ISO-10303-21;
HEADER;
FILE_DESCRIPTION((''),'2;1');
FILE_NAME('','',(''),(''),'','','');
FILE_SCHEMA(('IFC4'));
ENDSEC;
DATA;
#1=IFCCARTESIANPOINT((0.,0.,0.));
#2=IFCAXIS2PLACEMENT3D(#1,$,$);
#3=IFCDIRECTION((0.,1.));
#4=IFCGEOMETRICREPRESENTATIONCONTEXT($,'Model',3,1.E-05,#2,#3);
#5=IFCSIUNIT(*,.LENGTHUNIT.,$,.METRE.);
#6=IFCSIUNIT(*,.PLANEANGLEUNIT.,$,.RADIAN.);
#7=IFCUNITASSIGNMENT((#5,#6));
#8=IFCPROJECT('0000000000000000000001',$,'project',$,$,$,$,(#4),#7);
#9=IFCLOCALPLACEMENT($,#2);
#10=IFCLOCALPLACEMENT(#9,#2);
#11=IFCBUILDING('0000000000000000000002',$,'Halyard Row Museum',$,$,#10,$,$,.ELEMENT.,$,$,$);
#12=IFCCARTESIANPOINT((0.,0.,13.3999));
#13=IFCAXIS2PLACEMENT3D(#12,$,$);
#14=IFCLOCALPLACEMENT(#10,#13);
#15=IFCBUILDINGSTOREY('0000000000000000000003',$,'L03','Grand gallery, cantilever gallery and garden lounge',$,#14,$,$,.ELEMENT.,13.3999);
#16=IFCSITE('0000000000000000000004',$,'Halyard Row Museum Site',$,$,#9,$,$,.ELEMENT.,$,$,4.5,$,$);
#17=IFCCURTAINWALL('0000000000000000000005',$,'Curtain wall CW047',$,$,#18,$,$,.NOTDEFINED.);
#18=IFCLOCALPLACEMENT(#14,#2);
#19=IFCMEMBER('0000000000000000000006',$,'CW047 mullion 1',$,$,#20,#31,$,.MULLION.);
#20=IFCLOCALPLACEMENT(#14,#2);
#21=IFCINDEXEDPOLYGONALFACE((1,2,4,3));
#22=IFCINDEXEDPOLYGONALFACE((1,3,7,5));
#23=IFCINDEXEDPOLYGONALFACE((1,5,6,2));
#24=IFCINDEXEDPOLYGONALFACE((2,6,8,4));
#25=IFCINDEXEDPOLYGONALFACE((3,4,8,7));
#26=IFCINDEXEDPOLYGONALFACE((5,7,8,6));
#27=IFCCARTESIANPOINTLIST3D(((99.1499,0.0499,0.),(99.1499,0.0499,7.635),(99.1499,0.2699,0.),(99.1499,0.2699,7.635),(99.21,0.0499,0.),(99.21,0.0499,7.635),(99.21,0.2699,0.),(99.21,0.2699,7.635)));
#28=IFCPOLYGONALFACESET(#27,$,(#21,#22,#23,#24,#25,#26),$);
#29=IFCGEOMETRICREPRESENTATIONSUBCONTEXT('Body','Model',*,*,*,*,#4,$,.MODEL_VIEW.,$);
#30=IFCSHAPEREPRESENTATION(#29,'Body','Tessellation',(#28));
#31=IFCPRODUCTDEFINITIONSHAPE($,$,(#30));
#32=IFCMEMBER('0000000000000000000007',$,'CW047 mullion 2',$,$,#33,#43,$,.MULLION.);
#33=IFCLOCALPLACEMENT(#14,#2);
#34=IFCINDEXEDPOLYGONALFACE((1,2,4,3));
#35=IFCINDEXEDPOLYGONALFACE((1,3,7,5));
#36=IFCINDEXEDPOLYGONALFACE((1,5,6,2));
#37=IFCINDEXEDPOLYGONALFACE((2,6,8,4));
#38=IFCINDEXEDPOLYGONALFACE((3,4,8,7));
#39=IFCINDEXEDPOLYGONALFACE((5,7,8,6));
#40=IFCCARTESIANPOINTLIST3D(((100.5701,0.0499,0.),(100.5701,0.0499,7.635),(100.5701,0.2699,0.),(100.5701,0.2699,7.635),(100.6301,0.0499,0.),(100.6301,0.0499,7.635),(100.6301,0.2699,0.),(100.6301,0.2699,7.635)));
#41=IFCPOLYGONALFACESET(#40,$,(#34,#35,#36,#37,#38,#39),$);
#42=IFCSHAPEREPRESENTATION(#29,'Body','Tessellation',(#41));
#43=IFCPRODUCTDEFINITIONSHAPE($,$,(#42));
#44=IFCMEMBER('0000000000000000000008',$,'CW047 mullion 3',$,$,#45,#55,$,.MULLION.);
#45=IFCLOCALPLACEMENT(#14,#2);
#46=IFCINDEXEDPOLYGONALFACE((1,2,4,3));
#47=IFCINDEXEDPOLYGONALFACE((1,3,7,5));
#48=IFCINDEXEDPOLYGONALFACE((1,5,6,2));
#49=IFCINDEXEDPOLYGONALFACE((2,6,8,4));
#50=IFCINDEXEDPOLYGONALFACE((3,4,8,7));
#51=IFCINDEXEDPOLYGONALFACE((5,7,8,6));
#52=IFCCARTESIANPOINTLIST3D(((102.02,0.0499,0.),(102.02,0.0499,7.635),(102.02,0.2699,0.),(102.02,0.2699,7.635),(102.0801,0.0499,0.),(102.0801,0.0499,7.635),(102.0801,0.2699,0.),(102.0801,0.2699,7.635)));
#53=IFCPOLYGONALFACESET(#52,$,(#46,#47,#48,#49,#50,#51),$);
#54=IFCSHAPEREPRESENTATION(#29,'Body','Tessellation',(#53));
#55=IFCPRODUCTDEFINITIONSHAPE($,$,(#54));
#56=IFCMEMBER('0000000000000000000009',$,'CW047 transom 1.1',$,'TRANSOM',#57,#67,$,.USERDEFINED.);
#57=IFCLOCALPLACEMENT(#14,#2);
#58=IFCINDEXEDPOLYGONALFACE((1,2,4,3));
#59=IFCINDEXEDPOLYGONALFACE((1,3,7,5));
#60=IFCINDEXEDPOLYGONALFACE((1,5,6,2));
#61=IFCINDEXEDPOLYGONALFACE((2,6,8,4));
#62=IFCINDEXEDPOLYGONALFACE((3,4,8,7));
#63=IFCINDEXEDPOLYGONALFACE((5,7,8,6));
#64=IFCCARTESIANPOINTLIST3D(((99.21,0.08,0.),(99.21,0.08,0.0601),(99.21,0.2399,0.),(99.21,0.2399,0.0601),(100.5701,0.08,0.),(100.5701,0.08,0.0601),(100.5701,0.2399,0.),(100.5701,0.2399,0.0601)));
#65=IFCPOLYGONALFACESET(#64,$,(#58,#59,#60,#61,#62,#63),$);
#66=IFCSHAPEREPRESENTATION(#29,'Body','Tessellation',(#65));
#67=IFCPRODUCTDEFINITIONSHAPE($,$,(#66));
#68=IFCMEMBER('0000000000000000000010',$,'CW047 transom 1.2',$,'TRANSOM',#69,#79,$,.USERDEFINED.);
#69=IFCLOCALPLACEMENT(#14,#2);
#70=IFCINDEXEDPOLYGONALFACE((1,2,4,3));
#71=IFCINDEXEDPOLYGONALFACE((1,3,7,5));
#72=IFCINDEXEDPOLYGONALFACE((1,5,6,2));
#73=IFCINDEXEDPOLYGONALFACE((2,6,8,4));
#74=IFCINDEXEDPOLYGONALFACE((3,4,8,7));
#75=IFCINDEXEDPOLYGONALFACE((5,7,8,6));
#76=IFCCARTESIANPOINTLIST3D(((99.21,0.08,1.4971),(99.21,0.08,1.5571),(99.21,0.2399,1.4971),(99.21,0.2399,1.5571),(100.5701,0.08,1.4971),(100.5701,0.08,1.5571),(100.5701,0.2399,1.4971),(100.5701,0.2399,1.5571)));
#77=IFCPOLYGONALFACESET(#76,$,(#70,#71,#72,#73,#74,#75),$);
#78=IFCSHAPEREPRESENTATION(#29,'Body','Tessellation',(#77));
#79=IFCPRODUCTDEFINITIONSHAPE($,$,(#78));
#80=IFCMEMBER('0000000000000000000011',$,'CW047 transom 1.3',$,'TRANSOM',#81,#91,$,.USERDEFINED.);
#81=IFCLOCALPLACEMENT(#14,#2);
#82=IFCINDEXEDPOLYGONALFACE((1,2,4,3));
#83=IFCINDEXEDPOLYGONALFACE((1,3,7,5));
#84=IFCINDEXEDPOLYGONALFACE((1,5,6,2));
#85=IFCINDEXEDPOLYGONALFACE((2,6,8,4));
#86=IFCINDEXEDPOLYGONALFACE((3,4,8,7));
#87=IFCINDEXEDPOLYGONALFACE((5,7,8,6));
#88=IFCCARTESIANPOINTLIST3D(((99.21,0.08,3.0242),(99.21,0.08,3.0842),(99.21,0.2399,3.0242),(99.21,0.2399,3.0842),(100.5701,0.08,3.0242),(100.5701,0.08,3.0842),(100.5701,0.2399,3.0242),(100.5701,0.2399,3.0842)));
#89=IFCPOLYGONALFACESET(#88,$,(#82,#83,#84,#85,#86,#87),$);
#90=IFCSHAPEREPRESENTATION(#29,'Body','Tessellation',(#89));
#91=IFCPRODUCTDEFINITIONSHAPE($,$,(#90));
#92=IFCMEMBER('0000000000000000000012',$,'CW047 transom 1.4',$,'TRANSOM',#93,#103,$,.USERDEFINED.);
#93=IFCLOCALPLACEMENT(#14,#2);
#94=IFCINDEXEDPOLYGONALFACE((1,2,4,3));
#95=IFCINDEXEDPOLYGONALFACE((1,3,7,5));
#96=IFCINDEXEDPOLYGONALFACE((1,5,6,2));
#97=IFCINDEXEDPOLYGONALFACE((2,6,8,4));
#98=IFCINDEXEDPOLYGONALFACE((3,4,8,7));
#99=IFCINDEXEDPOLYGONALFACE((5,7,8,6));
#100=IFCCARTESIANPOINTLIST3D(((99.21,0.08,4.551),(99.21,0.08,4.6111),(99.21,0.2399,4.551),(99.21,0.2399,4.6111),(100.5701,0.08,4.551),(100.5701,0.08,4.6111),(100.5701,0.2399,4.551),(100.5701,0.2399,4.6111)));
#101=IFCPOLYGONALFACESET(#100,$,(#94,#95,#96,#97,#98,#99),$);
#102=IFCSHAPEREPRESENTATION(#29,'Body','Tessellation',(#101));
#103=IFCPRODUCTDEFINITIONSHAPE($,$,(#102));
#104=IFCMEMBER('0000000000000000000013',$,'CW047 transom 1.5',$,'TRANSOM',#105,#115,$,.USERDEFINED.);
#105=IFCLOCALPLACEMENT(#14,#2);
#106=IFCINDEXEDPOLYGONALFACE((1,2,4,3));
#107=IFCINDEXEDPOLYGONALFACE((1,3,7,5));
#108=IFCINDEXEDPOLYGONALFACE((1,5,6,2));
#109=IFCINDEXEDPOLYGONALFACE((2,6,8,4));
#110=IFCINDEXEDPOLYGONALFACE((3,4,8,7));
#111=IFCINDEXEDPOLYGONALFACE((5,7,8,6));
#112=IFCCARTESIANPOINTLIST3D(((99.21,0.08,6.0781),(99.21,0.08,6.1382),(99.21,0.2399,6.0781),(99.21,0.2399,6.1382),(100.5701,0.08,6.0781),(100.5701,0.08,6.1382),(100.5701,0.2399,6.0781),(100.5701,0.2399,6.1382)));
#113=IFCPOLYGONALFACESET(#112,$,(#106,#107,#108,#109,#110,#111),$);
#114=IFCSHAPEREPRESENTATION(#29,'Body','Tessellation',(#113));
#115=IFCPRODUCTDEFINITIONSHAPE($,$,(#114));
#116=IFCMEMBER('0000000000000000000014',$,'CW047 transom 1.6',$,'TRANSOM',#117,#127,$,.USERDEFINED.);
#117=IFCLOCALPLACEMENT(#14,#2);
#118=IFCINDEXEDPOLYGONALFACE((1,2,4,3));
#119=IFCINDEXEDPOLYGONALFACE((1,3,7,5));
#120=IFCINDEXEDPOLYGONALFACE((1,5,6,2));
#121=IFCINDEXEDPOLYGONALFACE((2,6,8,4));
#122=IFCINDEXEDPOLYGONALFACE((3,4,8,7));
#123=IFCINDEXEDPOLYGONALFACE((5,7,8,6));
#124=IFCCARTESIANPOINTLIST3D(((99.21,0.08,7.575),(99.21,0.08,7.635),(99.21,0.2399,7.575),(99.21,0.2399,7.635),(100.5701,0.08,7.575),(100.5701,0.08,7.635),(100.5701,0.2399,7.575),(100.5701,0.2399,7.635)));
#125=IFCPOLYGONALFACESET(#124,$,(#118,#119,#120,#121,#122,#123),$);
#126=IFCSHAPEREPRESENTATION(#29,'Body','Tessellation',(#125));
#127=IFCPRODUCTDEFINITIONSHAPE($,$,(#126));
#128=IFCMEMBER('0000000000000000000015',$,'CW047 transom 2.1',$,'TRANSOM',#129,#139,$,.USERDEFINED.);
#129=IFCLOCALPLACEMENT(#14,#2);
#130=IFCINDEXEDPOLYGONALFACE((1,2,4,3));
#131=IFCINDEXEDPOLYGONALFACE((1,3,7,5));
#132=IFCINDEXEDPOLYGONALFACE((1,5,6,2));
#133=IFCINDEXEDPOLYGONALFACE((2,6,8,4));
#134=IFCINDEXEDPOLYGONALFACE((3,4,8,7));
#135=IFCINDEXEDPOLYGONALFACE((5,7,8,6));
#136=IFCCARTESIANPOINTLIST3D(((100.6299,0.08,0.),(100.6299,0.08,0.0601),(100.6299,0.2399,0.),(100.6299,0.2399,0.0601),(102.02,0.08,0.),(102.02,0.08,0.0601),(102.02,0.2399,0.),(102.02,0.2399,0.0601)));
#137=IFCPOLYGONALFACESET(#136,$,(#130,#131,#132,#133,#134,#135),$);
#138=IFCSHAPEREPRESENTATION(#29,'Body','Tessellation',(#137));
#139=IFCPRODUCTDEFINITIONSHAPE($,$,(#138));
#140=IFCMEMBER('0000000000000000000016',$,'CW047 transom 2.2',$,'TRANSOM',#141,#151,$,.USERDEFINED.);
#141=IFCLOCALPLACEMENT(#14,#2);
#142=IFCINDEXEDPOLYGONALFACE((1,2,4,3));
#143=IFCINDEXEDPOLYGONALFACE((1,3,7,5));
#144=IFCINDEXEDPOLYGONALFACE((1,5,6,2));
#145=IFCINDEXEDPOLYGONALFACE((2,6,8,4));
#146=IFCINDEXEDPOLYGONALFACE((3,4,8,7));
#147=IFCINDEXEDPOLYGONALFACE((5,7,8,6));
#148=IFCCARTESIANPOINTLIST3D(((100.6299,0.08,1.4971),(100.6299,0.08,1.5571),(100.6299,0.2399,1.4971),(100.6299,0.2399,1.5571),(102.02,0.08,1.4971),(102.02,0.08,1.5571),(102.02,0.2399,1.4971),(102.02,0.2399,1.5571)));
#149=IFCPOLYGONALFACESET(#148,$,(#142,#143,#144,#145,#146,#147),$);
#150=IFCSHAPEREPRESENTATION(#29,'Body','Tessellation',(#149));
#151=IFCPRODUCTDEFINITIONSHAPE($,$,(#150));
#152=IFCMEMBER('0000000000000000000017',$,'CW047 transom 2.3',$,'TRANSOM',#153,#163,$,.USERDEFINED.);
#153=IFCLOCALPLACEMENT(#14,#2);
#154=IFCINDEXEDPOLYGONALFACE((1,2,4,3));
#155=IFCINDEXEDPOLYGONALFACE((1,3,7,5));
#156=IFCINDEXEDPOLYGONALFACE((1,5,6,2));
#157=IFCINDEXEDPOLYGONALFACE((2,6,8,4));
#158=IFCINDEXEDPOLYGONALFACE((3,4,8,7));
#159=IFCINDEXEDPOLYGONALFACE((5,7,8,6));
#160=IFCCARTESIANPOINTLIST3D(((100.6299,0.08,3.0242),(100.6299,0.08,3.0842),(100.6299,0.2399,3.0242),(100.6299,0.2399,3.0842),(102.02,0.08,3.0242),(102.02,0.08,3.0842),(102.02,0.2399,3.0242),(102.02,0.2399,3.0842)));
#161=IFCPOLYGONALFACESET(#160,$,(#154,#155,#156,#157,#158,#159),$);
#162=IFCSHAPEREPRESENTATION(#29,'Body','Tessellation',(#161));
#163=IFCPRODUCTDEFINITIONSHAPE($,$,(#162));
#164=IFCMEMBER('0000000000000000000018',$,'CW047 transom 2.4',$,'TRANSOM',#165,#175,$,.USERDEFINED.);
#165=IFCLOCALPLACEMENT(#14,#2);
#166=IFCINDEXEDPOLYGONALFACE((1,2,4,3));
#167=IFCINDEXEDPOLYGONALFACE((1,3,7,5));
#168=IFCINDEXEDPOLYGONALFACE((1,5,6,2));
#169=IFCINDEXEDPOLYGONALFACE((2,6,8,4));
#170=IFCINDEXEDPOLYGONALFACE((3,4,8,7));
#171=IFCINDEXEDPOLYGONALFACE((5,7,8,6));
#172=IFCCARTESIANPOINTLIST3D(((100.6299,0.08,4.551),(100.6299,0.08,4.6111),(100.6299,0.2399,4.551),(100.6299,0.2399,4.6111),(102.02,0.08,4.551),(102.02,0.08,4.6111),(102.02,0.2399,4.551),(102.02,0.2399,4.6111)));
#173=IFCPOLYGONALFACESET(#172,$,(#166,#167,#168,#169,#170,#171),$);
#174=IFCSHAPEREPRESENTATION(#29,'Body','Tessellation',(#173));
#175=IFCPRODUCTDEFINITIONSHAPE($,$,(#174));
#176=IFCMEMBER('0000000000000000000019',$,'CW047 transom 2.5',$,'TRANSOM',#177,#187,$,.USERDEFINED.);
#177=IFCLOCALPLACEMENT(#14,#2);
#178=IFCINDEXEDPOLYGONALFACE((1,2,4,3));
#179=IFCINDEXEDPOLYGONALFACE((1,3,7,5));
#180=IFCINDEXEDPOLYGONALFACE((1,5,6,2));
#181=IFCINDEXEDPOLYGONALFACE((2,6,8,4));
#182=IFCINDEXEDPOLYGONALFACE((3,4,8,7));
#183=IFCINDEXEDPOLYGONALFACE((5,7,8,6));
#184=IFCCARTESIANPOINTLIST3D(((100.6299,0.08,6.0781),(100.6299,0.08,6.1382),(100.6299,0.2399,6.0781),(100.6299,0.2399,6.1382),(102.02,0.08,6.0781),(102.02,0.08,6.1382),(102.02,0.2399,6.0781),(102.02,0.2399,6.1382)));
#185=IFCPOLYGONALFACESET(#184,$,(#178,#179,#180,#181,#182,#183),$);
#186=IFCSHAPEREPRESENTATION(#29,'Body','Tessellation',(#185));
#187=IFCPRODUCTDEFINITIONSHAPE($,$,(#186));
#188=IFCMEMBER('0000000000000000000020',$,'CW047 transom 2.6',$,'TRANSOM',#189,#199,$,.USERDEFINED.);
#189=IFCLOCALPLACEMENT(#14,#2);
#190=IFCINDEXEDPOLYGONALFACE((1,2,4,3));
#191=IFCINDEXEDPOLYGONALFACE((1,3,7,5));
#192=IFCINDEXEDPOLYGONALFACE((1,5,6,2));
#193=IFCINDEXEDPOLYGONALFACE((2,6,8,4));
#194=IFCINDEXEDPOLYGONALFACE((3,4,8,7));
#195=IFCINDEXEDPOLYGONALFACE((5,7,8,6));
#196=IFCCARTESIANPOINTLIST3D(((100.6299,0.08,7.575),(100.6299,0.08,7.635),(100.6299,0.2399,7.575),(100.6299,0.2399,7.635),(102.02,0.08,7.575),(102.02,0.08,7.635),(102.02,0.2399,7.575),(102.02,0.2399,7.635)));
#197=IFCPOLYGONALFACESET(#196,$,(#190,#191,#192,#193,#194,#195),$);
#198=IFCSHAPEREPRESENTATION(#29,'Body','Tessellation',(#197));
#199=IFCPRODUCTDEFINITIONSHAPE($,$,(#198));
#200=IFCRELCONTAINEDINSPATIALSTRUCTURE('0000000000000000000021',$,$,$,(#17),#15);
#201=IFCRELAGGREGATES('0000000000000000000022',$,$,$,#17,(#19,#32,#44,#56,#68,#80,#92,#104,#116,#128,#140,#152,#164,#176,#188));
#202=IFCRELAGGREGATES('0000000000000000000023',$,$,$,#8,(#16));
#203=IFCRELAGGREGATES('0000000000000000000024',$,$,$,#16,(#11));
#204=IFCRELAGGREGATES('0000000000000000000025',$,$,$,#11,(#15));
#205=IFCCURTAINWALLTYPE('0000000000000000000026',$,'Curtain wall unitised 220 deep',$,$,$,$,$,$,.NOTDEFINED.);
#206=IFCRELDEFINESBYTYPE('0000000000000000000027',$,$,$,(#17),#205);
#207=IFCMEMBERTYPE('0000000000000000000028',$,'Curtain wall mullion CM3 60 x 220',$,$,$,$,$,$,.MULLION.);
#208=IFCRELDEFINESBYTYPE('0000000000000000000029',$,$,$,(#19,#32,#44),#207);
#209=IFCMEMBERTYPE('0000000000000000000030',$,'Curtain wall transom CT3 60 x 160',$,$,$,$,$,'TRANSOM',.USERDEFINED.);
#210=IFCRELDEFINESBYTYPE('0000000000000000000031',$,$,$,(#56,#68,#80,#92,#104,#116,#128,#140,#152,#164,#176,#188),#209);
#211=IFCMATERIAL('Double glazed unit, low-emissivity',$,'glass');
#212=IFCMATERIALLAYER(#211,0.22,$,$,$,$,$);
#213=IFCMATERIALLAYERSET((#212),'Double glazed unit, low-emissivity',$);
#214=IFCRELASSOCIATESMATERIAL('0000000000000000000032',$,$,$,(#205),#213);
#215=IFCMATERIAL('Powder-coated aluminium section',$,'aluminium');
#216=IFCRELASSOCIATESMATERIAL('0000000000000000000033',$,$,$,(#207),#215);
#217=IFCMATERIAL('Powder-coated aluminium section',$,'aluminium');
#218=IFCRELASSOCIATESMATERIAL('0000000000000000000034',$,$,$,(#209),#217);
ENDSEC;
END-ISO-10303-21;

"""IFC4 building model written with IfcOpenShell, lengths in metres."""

from ifc_helpers import new_model, si_unit, direction, frame, origin, origin_2d, place, context, subcontext, project, spatial, rectangle, extrude, material, layer, layer_set, material_profile, profile_set, type_object, element, aggregate, save


model = new_model("IFC4")

# Units and contexts
model_context = context("Model", 3, precision=1e-05, world=origin(), true_north=direction((0.0, 1.0)))
body_context = subcontext(model_context, "Body", "Model", "MODEL_VIEW")
ifc_project = project(units=[si_unit("LENGTHUNIT", "METRE"), si_unit("PLANEANGLEUNIT", "RADIAN")], contexts=[model_context])

# Site, building, storey
site_placement = place(None, origin())
site = spatial("IfcSite", under=ifc_project, at=site_placement, Name="Halyard Row Museum Site", CompositionType="ELEMENT", RefElevation=4.5)
building_placement = place(site_placement, origin())
building = spatial("IfcBuilding", under=site, at=building_placement, Name="Halyard Row Museum", CompositionType="ELEMENT")
storey_placement = place(building_placement, frame((0.0, 0.0, 13.3999)))
storey = spatial("IfcBuildingStorey", under=building, at=storey_placement, Name="L03", Description="Grand gallery, cantilever gallery and garden lounge", CompositionType="ELEMENT", Elevation=13.3999)

# Curtain wall, members
ifc_material_1 = material(Name="Double glazed unit, low-emissivity", Category="glass")
ifc_layer_1 = layer(ifc_material_1, 0.22)
ifc_layer_set_1 = layer_set([ifc_layer_1], Name="Double glazed unit, low-emissivity")
curtain_wall_type = type_object("IfcCurtainWallType", Name="Curtain wall unitised 220 deep", PredefinedType="NOTDEFINED", material=ifc_layer_set_1)
curtain_wall_placement = place(storey_placement, origin())
curtain_wall = element("IfcCurtainWall", 1, at=curtain_wall_placement, inside=storey, type_object=curtain_wall_type, Name="Curtain wall CW047", PredefinedType="NOTDEFINED")
ifc_material_2 = material(Name="Powder-coated aluminium section", Category="aluminium")
ifc_material_profile_1 = material_profile(ifc_material_2, rectangle(XDim=0.22, YDim=0.0601, at=origin_2d()), Name="220x60 mullion")
ifc_profile_set_1 = profile_set([ifc_material_profile_1], Name="Powder-coated aluminium section")
member_type_1 = type_object("IfcMemberType", Name="Curtain wall mullion CM3 60 x 220", PredefinedType="MULLION", material=ifc_profile_set_1)
member_1_placement = place(storey_placement, frame((99.1799, 0.1599, 0.0), z_axis=(0.0, 0.0, 1.0), x_axis=(0.0, 1.0, 0.0)))
member_1 = element("IfcMember", 2, at=member_1_placement, type_object=member_type_1, Name="CW047 mullion 1", PredefinedType="MULLION", context=body_context, shape_type="SweptSolid", body=[
    extrude(rectangle(XDim=0.22, YDim=0.0601, at=origin_2d()), origin(), (0.0, 0.0, 1.0), 7.635),
])
member_2_placement = place(storey_placement, frame((100.6001, 0.1599, 0.0), z_axis=(0.0, 0.0, 1.0), x_axis=(0.0, 1.0, 0.0)))
member_2 = element("IfcMember", 3, at=member_2_placement, type_object=member_type_1, Name="CW047 mullion 2", PredefinedType="MULLION", context=body_context, shape_type="SweptSolid", body=[
    extrude(rectangle(XDim=0.22, YDim=0.0601, at=origin_2d()), origin(), (0.0, 0.0, 1.0), 7.635),
])
member_3_placement = place(storey_placement, frame((102.05, 0.1599, 0.0), z_axis=(0.0, 0.0, 1.0), x_axis=(0.0, 1.0, 0.0)))
member_3 = element("IfcMember", 4, at=member_3_placement, type_object=member_type_1, Name="CW047 mullion 3", PredefinedType="MULLION", context=body_context, shape_type="SweptSolid", body=[
    extrude(rectangle(XDim=0.22, YDim=0.0601, at=origin_2d()), origin(), (0.0, 0.0, 1.0), 7.635),
])
ifc_material_3 = material(Name="Powder-coated aluminium section", Category="aluminium")
ifc_material_profile_2 = material_profile(ifc_material_3, rectangle(XDim=0.1599, YDim=0.0601, at=origin_2d()), Name="160x60 transom")
ifc_profile_set_2 = profile_set([ifc_material_profile_2], Name="Powder-coated aluminium section")
member_type_2 = type_object("IfcMemberType", Name="Curtain wall transom CT3 60 x 160", ElementType="TRANSOM", PredefinedType="USERDEFINED", material=ifc_profile_set_2)
member_4_placement = place(storey_placement, frame((99.21, 0.1599, 0.03), z_axis=(1.0, 0.0, 0.0), x_axis=(0.0, 1.0, 0.0)))
member_4 = element("IfcMember", 5, at=member_4_placement, type_object=member_type_2, Name="CW047 transom 1.1", ObjectType="TRANSOM", PredefinedType="USERDEFINED", context=body_context, shape_type="SweptSolid", body=[
    extrude(rectangle(XDim=0.1599, YDim=0.0601, at=origin_2d()), origin(), (0.0, 0.0, 1.0), 1.3601),
])
member_5_placement = place(storey_placement, frame((99.21, 0.1599, 1.5271), z_axis=(1.0, 0.0, 0.0), x_axis=(0.0, 1.0, 0.0)))
member_5 = element("IfcMember", 6, at=member_5_placement, type_object=member_type_2, Name="CW047 transom 1.2", ObjectType="TRANSOM", PredefinedType="USERDEFINED", context=body_context, shape_type="SweptSolid", body=[
    extrude(rectangle(XDim=0.1599, YDim=0.0601, at=origin_2d()), origin(), (0.0, 0.0, 1.0), 1.3601),
])
member_6_placement = place(storey_placement, frame((99.21, 0.1599, 3.0542), z_axis=(1.0, 0.0, 0.0), x_axis=(0.0, 1.0, 0.0)))
member_6 = element("IfcMember", 7, at=member_6_placement, type_object=member_type_2, Name="CW047 transom 1.3", ObjectType="TRANSOM", PredefinedType="USERDEFINED", context=body_context, shape_type="SweptSolid", body=[
    extrude(rectangle(XDim=0.1599, YDim=0.0601, at=origin_2d()), origin(), (0.0, 0.0, 1.0), 1.3601),
])
member_7_placement = place(storey_placement, frame((99.21, 0.1599, 4.5811), z_axis=(1.0, 0.0, 0.0), x_axis=(0.0, 1.0, 0.0)))
member_7 = element("IfcMember", 8, at=member_7_placement, type_object=member_type_2, Name="CW047 transom 1.4", ObjectType="TRANSOM", PredefinedType="USERDEFINED", context=body_context, shape_type="SweptSolid", body=[
    extrude(rectangle(XDim=0.1599, YDim=0.0601, at=origin_2d()), origin(), (0.0, 0.0, 1.0), 1.3601),
])
member_8_placement = place(storey_placement, frame((99.21, 0.1599, 6.1082), z_axis=(1.0, 0.0, 0.0), x_axis=(0.0, 1.0, 0.0)))
member_8 = element("IfcMember", 9, at=member_8_placement, type_object=member_type_2, Name="CW047 transom 1.5", ObjectType="TRANSOM", PredefinedType="USERDEFINED", context=body_context, shape_type="SweptSolid", body=[
    extrude(rectangle(XDim=0.1599, YDim=0.0601, at=origin_2d()), origin(), (0.0, 0.0, 1.0), 1.3601),
])
member_9_placement = place(storey_placement, frame((99.21, 0.1599, 7.605), z_axis=(1.0, 0.0, 0.0), x_axis=(0.0, 1.0, 0.0)))
member_9 = element("IfcMember", 10, at=member_9_placement, type_object=member_type_2, Name="CW047 transom 1.6", ObjectType="TRANSOM", PredefinedType="USERDEFINED", context=body_context, shape_type="SweptSolid", body=[
    extrude(rectangle(XDim=0.1599, YDim=0.0601, at=origin_2d()), origin(), (0.0, 0.0, 1.0), 1.3601),
])
member_10_placement = place(storey_placement, frame((100.6299, 0.1599, 0.03), z_axis=(1.0, 0.0, 0.0), x_axis=(0.0, 1.0, 0.0)))
member_10 = element("IfcMember", 11, at=member_10_placement, type_object=member_type_2, Name="CW047 transom 2.1", ObjectType="TRANSOM", PredefinedType="USERDEFINED", context=body_context, shape_type="SweptSolid", body=[
    extrude(rectangle(XDim=0.1599, YDim=0.0601, at=origin_2d()), origin(), (0.0, 0.0, 1.0), 1.3901),
])
member_11_placement = place(storey_placement, frame((100.6299, 0.1599, 1.5271), z_axis=(1.0, 0.0, 0.0), x_axis=(0.0, 1.0, 0.0)))
member_11 = element("IfcMember", 12, at=member_11_placement, type_object=member_type_2, Name="CW047 transom 2.2", ObjectType="TRANSOM", PredefinedType="USERDEFINED", context=body_context, shape_type="SweptSolid", body=[
    extrude(rectangle(XDim=0.1599, YDim=0.0601, at=origin_2d()), origin(), (0.0, 0.0, 1.0), 1.3901),
])
member_12_placement = place(storey_placement, frame((100.6299, 0.1599, 3.0542), z_axis=(1.0, 0.0, 0.0), x_axis=(0.0, 1.0, 0.0)))
member_12 = element("IfcMember", 13, at=member_12_placement, type_object=member_type_2, Name="CW047 transom 2.3", ObjectType="TRANSOM", PredefinedType="USERDEFINED", context=body_context, shape_type="SweptSolid", body=[
    extrude(rectangle(XDim=0.1599, YDim=0.0601, at=origin_2d()), origin(), (0.0, 0.0, 1.0), 1.3901),
])
member_13_placement = place(storey_placement, frame((100.6299, 0.1599, 4.5811), z_axis=(1.0, 0.0, 0.0), x_axis=(0.0, 1.0, 0.0)))
member_13 = element("IfcMember", 14, at=member_13_placement, type_object=member_type_2, Name="CW047 transom 2.4", ObjectType="TRANSOM", PredefinedType="USERDEFINED", context=body_context, shape_type="SweptSolid", body=[
    extrude(rectangle(XDim=0.1599, YDim=0.0601, at=origin_2d()), origin(), (0.0, 0.0, 1.0), 1.3901),
])
member_14_placement = place(storey_placement, frame((100.6299, 0.1599, 6.1082), z_axis=(1.0, 0.0, 0.0), x_axis=(0.0, 1.0, 0.0)))
member_14 = element("IfcMember", 15, at=member_14_placement, type_object=member_type_2, Name="CW047 transom 2.5", ObjectType="TRANSOM", PredefinedType="USERDEFINED", context=body_context, shape_type="SweptSolid", body=[
    extrude(rectangle(XDim=0.1599, YDim=0.0601, at=origin_2d()), origin(), (0.0, 0.0, 1.0), 1.3901),
])
member_15_placement = place(storey_placement, frame((100.6299, 0.1599, 7.605), z_axis=(1.0, 0.0, 0.0), x_axis=(0.0, 1.0, 0.0)))
member_15 = element("IfcMember", 16, at=member_15_placement, type_object=member_type_2, Name="CW047 transom 2.6", ObjectType="TRANSOM", PredefinedType="USERDEFINED", context=body_context, shape_type="SweptSolid", body=[
    extrude(rectangle(XDim=0.1599, YDim=0.0601, at=origin_2d()), origin(), (0.0, 0.0, 1.0), 1.3901),
])

aggregate(curtain_wall, [member_1, member_2, member_3, member_4, member_5, member_6, member_7, member_8, member_9, member_10, member_11, member_12, member_13, member_14, member_15])

save(model, "model.ifc")
